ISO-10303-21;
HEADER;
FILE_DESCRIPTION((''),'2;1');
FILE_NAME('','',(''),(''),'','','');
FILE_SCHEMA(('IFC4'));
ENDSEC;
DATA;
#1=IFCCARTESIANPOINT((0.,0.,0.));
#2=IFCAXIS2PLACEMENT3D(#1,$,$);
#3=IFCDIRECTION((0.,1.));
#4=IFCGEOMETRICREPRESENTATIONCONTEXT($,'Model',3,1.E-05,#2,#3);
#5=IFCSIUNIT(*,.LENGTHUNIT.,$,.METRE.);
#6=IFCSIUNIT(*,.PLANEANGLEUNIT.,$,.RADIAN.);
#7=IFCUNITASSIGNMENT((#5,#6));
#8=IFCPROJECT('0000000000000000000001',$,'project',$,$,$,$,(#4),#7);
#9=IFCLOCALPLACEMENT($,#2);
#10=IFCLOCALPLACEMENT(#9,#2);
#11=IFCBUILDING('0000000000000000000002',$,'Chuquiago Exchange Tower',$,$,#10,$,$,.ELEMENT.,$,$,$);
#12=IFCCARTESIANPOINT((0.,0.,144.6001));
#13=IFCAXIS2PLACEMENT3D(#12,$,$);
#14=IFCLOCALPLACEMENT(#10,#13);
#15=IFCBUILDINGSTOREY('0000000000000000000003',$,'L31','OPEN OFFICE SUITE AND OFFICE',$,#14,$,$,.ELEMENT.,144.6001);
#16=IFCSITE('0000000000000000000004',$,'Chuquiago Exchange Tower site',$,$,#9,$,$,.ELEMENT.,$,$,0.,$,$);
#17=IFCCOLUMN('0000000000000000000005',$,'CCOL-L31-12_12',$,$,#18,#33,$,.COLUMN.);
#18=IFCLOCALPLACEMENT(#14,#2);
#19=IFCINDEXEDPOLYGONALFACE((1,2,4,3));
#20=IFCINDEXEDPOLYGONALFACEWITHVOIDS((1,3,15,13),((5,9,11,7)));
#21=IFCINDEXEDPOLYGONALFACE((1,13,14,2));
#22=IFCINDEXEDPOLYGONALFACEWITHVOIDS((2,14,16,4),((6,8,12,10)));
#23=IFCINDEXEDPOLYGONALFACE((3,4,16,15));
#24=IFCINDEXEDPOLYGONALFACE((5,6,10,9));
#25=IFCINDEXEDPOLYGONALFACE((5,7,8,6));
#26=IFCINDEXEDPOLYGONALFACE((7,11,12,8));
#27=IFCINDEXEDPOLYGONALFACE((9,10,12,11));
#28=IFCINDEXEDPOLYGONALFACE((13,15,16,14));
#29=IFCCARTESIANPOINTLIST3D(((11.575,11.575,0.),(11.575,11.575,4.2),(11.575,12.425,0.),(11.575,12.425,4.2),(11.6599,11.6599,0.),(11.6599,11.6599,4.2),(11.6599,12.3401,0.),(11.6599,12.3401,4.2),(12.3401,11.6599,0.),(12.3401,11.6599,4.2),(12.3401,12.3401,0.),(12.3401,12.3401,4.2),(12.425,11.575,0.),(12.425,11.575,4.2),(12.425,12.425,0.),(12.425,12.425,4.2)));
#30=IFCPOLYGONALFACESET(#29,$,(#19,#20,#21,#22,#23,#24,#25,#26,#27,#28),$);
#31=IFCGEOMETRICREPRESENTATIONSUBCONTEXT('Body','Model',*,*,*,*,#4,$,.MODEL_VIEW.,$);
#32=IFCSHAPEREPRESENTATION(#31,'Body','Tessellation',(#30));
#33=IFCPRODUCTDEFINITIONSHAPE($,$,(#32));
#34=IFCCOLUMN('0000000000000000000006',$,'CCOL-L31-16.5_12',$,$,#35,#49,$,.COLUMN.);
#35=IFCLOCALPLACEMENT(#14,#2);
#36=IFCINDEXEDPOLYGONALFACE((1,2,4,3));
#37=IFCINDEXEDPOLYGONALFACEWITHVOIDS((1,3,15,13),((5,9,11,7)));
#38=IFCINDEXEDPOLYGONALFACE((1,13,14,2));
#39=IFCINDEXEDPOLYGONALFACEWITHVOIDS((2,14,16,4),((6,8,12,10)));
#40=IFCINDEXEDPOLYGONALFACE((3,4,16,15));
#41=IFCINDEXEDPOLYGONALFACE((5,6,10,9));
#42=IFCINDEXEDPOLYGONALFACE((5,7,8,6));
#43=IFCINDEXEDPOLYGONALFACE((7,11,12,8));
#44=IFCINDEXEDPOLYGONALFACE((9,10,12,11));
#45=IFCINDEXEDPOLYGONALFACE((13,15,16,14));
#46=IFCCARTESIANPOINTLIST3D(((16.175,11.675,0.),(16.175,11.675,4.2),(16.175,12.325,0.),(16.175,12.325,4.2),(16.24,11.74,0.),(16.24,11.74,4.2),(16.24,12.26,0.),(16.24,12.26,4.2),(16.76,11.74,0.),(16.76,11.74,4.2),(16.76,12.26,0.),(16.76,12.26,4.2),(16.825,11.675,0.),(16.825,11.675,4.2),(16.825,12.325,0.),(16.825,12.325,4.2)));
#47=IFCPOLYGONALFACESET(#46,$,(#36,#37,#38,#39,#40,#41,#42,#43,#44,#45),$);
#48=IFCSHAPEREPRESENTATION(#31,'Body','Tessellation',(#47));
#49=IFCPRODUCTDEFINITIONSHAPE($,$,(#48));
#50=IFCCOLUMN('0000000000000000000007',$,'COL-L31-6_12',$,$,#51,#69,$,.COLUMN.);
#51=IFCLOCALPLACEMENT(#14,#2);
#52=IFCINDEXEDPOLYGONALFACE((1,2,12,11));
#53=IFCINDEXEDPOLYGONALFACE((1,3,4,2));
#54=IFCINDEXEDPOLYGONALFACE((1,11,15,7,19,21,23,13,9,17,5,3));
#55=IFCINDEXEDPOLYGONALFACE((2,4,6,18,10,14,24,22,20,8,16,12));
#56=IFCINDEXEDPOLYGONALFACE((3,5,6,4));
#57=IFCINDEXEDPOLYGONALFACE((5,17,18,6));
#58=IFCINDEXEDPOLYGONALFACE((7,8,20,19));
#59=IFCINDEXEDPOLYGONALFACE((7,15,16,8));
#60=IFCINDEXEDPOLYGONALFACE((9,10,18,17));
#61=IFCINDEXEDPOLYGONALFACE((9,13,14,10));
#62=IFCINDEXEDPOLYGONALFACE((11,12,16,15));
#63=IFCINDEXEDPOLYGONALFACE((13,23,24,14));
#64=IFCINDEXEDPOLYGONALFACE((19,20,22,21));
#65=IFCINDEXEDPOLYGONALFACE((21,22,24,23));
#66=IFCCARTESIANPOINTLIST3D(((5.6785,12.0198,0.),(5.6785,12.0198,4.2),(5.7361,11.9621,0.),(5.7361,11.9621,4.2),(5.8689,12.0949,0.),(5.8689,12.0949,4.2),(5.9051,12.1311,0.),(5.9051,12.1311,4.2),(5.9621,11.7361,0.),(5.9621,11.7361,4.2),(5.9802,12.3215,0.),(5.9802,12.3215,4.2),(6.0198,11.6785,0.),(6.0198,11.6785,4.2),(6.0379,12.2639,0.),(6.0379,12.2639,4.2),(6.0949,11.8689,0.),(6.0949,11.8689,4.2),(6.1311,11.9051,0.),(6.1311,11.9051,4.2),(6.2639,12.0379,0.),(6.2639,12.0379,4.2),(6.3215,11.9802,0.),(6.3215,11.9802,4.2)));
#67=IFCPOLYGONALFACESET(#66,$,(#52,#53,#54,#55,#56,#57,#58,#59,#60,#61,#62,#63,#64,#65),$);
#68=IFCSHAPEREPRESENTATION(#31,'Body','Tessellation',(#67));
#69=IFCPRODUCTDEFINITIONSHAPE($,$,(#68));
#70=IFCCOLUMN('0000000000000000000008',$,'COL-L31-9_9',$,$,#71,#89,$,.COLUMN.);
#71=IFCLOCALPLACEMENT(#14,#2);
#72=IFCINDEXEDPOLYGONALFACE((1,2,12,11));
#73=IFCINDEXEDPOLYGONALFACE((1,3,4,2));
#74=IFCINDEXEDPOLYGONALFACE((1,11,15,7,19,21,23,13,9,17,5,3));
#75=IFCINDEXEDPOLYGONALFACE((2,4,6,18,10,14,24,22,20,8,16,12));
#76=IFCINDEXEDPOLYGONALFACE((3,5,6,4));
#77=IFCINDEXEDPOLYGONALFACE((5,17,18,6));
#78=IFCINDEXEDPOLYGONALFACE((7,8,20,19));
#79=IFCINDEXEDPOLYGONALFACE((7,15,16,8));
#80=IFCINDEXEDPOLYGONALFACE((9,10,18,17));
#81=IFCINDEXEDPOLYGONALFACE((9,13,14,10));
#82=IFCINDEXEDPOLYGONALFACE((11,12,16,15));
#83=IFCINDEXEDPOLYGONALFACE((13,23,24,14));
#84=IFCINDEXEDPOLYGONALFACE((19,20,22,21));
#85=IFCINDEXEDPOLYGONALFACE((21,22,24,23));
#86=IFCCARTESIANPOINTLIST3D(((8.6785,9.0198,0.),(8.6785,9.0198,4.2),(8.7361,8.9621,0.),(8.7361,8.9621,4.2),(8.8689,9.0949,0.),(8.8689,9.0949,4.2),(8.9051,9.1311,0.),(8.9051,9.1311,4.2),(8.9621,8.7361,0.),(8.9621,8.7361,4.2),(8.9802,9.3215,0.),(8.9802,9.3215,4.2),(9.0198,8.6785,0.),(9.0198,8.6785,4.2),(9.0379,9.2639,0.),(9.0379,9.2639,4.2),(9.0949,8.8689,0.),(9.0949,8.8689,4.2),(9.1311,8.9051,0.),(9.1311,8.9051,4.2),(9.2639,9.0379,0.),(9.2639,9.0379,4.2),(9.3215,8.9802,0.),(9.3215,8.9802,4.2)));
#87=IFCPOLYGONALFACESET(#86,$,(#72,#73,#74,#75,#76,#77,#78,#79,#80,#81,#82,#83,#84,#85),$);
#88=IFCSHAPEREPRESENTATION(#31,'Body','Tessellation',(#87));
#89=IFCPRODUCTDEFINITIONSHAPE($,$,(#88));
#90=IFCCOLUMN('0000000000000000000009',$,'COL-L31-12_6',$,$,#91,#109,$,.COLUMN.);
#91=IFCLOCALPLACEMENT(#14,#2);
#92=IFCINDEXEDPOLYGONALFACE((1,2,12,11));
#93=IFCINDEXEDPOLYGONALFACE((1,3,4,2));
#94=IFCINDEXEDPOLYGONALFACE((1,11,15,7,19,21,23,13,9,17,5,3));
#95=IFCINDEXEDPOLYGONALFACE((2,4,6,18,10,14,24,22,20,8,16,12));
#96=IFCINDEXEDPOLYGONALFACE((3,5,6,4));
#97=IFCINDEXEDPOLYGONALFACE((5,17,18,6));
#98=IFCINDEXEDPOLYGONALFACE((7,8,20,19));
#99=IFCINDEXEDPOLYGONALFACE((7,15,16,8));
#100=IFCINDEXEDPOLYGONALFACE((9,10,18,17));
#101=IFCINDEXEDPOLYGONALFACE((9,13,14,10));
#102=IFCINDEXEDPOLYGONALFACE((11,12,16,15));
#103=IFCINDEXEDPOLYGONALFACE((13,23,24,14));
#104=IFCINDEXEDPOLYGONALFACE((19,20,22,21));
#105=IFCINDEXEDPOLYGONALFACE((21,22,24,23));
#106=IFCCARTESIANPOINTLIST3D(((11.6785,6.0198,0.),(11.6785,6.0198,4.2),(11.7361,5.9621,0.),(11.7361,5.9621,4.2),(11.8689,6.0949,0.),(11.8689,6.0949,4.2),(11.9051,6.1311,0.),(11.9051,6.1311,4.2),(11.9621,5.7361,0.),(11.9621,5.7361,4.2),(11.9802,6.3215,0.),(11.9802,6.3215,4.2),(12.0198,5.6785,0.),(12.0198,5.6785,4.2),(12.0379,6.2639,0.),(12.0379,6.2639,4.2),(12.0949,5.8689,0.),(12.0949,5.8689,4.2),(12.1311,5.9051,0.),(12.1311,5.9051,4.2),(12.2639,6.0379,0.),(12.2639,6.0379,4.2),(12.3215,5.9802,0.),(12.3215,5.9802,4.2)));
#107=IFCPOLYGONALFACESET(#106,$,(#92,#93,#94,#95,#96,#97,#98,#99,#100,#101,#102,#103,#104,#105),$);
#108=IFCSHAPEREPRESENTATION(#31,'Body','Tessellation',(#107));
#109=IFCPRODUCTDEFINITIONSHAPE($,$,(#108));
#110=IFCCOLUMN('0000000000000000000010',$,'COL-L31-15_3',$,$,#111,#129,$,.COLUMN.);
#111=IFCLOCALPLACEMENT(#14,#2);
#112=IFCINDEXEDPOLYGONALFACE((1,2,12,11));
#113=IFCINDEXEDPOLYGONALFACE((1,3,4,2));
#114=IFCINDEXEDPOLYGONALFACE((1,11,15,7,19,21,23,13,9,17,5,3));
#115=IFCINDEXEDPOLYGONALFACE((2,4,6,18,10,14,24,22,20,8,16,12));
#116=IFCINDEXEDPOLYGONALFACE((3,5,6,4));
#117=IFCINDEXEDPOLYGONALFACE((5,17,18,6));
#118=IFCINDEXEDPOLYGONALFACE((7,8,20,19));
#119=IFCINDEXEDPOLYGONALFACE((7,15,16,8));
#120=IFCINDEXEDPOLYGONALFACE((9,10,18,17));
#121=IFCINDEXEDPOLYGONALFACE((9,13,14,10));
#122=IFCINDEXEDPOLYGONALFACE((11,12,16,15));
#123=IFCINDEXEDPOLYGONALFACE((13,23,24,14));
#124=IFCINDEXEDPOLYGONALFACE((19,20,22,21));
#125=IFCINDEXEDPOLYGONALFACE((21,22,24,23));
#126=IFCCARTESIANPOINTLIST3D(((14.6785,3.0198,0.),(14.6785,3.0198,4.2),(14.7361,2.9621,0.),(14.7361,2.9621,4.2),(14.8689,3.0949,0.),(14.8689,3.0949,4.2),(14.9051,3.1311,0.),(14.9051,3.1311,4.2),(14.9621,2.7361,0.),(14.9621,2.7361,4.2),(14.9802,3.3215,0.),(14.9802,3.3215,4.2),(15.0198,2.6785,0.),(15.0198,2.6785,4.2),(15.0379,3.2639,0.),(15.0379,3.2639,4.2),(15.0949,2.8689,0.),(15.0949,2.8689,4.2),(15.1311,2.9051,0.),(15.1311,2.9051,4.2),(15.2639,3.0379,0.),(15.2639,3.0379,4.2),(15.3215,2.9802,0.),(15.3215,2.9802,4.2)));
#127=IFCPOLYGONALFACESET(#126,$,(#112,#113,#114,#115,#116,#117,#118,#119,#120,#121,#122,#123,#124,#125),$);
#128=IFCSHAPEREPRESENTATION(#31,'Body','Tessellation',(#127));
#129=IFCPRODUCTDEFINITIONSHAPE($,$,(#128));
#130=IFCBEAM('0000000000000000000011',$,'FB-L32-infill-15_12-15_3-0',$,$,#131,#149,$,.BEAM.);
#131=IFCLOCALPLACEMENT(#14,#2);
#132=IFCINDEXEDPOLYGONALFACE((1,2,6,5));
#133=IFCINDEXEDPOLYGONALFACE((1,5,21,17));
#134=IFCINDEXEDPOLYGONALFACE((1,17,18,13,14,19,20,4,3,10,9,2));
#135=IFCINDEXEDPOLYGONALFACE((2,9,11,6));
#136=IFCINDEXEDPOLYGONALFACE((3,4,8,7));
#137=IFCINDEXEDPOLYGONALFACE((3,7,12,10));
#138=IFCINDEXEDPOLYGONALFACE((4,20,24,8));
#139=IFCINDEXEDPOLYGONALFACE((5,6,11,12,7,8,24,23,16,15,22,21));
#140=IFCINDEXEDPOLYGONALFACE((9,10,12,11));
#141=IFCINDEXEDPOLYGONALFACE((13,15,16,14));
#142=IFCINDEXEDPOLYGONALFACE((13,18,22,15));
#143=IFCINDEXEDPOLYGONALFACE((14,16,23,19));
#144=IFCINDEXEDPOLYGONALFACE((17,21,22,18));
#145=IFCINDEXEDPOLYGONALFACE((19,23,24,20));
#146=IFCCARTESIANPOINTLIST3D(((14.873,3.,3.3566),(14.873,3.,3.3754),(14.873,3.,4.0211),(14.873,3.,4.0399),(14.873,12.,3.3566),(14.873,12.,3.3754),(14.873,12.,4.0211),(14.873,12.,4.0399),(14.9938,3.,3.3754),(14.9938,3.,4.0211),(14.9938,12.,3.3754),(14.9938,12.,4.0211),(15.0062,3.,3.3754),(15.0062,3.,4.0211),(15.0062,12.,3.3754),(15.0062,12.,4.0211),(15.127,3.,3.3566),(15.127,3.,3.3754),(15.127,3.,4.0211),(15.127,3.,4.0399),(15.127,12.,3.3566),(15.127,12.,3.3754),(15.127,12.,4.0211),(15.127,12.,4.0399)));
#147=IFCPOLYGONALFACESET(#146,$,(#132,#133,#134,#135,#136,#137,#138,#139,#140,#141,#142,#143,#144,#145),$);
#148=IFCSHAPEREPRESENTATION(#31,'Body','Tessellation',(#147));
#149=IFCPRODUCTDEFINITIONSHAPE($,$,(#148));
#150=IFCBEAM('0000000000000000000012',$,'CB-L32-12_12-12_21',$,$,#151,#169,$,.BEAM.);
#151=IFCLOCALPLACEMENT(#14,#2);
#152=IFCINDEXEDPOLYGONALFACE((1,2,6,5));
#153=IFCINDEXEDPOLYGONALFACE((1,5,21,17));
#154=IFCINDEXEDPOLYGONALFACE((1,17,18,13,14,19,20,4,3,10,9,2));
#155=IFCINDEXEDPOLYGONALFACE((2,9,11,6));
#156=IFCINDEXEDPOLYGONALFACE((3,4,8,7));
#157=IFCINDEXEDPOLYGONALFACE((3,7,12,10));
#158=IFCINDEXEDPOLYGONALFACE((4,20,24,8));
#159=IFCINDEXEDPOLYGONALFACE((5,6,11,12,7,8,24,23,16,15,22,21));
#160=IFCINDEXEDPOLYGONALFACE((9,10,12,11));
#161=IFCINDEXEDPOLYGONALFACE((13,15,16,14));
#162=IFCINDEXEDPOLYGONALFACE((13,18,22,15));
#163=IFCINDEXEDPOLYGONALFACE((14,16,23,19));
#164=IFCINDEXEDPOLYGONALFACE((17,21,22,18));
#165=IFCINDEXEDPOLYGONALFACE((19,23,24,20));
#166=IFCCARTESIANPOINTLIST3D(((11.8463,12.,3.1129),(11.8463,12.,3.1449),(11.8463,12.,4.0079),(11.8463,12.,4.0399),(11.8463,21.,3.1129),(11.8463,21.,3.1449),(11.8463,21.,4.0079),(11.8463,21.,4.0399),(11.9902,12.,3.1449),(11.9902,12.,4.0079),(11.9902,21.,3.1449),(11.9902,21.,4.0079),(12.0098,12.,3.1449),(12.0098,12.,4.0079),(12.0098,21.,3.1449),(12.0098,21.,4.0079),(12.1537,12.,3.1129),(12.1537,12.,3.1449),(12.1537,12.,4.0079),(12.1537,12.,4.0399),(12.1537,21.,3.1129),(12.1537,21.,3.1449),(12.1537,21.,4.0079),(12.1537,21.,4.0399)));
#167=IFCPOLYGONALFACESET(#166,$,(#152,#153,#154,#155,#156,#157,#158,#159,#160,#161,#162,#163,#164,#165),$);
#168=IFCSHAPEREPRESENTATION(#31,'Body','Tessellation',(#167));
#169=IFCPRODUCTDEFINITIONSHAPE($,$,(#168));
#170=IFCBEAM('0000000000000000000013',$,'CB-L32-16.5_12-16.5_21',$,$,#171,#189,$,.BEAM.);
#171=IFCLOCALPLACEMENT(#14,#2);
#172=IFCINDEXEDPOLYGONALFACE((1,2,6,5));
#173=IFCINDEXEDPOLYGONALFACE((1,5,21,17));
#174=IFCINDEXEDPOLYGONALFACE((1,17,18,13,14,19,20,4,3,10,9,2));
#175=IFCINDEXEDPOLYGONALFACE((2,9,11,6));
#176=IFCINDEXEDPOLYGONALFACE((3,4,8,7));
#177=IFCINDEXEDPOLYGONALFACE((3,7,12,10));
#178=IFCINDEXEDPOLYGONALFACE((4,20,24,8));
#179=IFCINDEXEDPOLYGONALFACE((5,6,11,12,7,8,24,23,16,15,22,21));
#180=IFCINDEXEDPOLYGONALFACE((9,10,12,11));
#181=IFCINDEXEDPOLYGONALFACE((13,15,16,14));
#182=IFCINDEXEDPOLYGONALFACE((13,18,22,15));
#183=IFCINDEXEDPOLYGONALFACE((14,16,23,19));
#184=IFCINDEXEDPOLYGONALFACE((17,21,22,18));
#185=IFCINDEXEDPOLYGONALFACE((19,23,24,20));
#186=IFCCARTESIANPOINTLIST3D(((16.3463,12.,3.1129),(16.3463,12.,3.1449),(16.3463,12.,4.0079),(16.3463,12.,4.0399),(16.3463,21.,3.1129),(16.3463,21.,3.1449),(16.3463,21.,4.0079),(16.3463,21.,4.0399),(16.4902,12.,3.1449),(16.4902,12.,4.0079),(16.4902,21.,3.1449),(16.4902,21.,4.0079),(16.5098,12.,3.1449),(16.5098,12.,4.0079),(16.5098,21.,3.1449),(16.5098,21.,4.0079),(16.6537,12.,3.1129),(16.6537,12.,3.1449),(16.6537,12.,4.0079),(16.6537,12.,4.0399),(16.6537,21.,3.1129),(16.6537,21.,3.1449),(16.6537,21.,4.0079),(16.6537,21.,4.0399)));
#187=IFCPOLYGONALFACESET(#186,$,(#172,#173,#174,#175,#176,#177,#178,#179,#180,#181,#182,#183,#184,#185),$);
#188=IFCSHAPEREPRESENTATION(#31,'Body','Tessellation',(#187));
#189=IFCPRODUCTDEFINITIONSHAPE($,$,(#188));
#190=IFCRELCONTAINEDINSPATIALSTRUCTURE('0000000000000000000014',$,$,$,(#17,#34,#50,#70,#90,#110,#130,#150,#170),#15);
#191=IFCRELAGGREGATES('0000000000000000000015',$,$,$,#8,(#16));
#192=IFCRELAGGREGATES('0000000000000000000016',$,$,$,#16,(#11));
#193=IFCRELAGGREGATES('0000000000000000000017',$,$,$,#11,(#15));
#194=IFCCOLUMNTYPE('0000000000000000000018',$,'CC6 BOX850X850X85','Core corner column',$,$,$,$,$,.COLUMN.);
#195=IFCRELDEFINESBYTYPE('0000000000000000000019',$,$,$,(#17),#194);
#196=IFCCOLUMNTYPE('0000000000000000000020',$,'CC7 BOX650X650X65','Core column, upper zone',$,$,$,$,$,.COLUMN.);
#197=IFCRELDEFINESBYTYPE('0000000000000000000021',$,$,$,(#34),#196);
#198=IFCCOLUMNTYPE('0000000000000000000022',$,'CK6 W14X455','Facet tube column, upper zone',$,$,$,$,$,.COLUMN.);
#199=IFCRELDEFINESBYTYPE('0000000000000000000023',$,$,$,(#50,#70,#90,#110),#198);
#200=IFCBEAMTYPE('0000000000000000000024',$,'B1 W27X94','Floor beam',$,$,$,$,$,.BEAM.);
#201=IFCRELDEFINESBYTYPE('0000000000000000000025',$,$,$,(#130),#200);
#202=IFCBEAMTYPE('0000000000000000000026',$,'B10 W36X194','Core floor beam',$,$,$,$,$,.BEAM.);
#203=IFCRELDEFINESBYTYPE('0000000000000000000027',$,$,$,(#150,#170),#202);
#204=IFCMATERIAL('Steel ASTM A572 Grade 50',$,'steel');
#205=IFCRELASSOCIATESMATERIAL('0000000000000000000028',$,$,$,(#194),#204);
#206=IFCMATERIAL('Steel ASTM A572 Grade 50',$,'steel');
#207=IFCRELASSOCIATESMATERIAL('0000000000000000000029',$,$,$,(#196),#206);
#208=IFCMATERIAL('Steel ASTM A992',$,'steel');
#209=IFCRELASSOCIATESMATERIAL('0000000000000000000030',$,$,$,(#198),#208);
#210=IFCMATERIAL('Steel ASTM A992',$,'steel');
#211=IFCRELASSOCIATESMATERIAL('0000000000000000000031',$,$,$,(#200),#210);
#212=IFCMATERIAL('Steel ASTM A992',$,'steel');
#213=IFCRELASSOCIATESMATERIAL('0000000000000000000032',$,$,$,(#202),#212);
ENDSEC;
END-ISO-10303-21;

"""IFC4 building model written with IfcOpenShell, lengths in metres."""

from ifc_helpers import new_model, si_unit, direction, frame, origin, origin_2d, place, context, subcontext, project, spatial, hollow_rectangle, i_section, extrude, material, material_profile, profile_set, type_object, element, save


model = new_model("IFC4")

# Units and contexts
model_context = context("Model", 3, precision=1e-05, world=origin(), true_north=direction((0.0, 1.0)))
body_context = subcontext(model_context, "Body", "Model", "MODEL_VIEW")
ifc_project = project(units=[si_unit("LENGTHUNIT", "METRE"), si_unit("PLANEANGLEUNIT", "RADIAN")], contexts=[model_context])

# Site, building, storey
site_placement = place(None, origin())
site = spatial("IfcSite", under=ifc_project, at=site_placement, Name="Chuquiago Exchange Tower site", CompositionType="ELEMENT", RefElevation=0.0)
building_placement = place(site_placement, origin())
building = spatial("IfcBuilding", under=site, at=building_placement, Name="Chuquiago Exchange Tower", CompositionType="ELEMENT")
storey_placement = place(building_placement, frame((0.0, 0.0, 144.6001)))
storey = spatial("IfcBuildingStorey", under=building, at=storey_placement, Name="L31", Description="OPEN OFFICE SUITE AND OFFICE", CompositionType="ELEMENT", Elevation=144.6001)

# Columns
ifc_material_1 = material(Name="Steel ASTM A572 Grade 50", Category="steel")
ifc_material_profile_1 = material_profile(ifc_material_1, hollow_rectangle(XDim=0.8501, YDim=0.8501, WallThickness=0.085, at=origin_2d()), Name="BOX850X850X85")
ifc_profile_set_1 = profile_set([ifc_material_profile_1], Name="Steel ASTM A572 Grade 50")
column_type_1 = type_object("IfcColumnType", Name="CC6 BOX850X850X85", Description="Core corner column", PredefinedType="COLUMN", material=ifc_profile_set_1)
column_1_placement = place(storey_placement, frame((12.0, 12.0, 0.0), z_axis=(0.0, 0.0, 1.0), x_axis=(1.0, 0.0, 0.0)))
element("IfcColumn", 1, at=column_1_placement, inside=storey, type_object=column_type_1, Name="CCOL-L31-12_12", PredefinedType="COLUMN", context=body_context, shape_type="SweptSolid", body=[
    extrude(hollow_rectangle(XDim=0.8501, YDim=0.8501, WallThickness=0.085, at=origin_2d()), origin(), (0.0, 0.0, 1.0), 4.2),
])
ifc_material_2 = material(Name="Steel ASTM A572 Grade 50", Category="steel")
ifc_material_profile_2 = material_profile(ifc_material_2, hollow_rectangle(XDim=0.6499, YDim=0.6499, WallThickness=0.0649, at=origin_2d()), Name="BOX650X650X65")
ifc_profile_set_2 = profile_set([ifc_material_profile_2], Name="Steel ASTM A572 Grade 50")
column_type_2 = type_object("IfcColumnType", Name="CC7 BOX650X650X65", Description="Core column, upper zone", PredefinedType="COLUMN", material=ifc_profile_set_2)
column_2_placement = place(storey_placement, frame((16.5, 12.0, 0.0), z_axis=(0.0, 0.0, 1.0), x_axis=(1.0, 0.0, 0.0)))
element("IfcColumn", 2, at=column_2_placement, inside=storey, type_object=column_type_2, Name="CCOL-L31-16.5_12", PredefinedType="COLUMN", context=body_context, shape_type="SweptSolid", body=[
    extrude(hollow_rectangle(XDim=0.6499, YDim=0.6499, WallThickness=0.0649, at=origin_2d()), origin(), (0.0, 0.0, 1.0), 4.2),
])
ifc_material_3 = material(Name="Steel ASTM A992", Category="steel")
ifc_material_profile_3 = material_profile(ifc_material_3, i_section(OverallWidth=0.4268, OverallDepth=0.4827, WebThickness=0.0513, FlangeThickness=0.0815, at=origin_2d()), Name="W14X455")
ifc_profile_set_3 = profile_set([ifc_material_profile_3], Name="Steel ASTM A992")
column_type_3 = type_object("IfcColumnType", Name="CK6 W14X455", Description="Facet tube column, upper zone", PredefinedType="COLUMN", material=ifc_profile_set_3)
for number, where, z_axis, x_axis, name in (
    (3, (6.0, 12.0, 0.0), (0.0, 0.0, 1.0), (-0.707107, -0.707107, 0.0), "COL-L31-6_12"),
    (4, (9.0, 9.0, 0.0), (0.0, 0.0, 1.0), (-0.707107, -0.707107, 0.0), "COL-L31-9_9"),
    (5, (12.0, 6.0, 0.0), (0.0, 0.0, 1.0), (-0.707107, -0.707107, 0.0), "COL-L31-12_6"),
    (6, (15.0, 3.0, 0.0), (0.0, 0.0, 1.0), (-0.707107, -0.707107, 0.0), "COL-L31-15_3"),
):
    element("IfcColumn", number, at=place(storey_placement, frame(where, z_axis=z_axis, x_axis=x_axis)), inside=storey, type_object=column_type_3, Name=name, PredefinedType="COLUMN", context=body_context, shape_type="SweptSolid", body=[
        extrude(i_section(OverallWidth=0.4268, OverallDepth=0.4827, WebThickness=0.0513, FlangeThickness=0.0815, at=origin_2d()), origin(), (0.0, 0.0, 1.0), 4.2),
    ])

# Beams
ifc_material_4 = material(Name="Steel ASTM A992", Category="steel")
ifc_material_profile_4 = material_profile(ifc_material_4, i_section(OverallWidth=0.2539, OverallDepth=0.6833, WebThickness=0.0125, FlangeThickness=0.0188, at=origin_2d()), Name="W27X94")
ifc_profile_set_4 = profile_set([ifc_material_profile_4], Name="Steel ASTM A992")
beam_type_1 = type_object("IfcBeamType", Name="B1 W27X94", Description="Floor beam", PredefinedType="BEAM", material=ifc_profile_set_4)
beam_1_placement = place(storey_placement, frame((15.0, 12.0, 3.6982), z_axis=(0.0, -1.0, 0.0), x_axis=(1.0, 0.0, 0.0)))
element("IfcBeam", 7, at=beam_1_placement, inside=storey, type_object=beam_type_1, Name="FB-L32-infill-15_12-15_3-0", PredefinedType="BEAM", context=body_context, shape_type="SweptSolid", body=[
    extrude(i_section(OverallWidth=0.2539, OverallDepth=0.6833, WebThickness=0.0125, FlangeThickness=0.0188, at=origin_2d()), origin(), (0.0, 0.0, 1.0), 9.0),
])
ifc_material_5 = material(Name="Steel ASTM A992", Category="steel")
ifc_material_profile_5 = material_profile(ifc_material_5, i_section(OverallWidth=0.3074, OverallDepth=0.927, WebThickness=0.0195, FlangeThickness=0.032, at=origin_2d()), Name="W36X194")
ifc_profile_set_5 = profile_set([ifc_material_profile_5], Name="Steel ASTM A992")
beam_type_2 = type_object("IfcBeamType", Name="B10 W36X194", Description="Core floor beam", PredefinedType="BEAM", material=ifc_profile_set_5)
for number, where, z_axis, x_axis, name in (
    (8, (12.0, 12.0, 3.5764), (0.0, 1.0, 0.0), (-1.0, 0.0, 0.0), "CB-L32-12_12-12_21"),
    (9, (16.5, 12.0, 3.5764), (0.0, 1.0, 0.0), (-1.0, 0.0, 0.0), "CB-L32-16.5_12-16.5_21"),
):
    element("IfcBeam", number, at=place(storey_placement, frame(where, z_axis=z_axis, x_axis=x_axis)), inside=storey, type_object=beam_type_2, Name=name, PredefinedType="BEAM", context=body_context, shape_type="SweptSolid", body=[
        extrude(i_section(OverallWidth=0.3074, OverallDepth=0.927, WebThickness=0.0195, FlangeThickness=0.032, at=origin_2d()), origin(), (0.0, 0.0, 1.0), 9.0),
    ])

save(model, "model.ifc")
